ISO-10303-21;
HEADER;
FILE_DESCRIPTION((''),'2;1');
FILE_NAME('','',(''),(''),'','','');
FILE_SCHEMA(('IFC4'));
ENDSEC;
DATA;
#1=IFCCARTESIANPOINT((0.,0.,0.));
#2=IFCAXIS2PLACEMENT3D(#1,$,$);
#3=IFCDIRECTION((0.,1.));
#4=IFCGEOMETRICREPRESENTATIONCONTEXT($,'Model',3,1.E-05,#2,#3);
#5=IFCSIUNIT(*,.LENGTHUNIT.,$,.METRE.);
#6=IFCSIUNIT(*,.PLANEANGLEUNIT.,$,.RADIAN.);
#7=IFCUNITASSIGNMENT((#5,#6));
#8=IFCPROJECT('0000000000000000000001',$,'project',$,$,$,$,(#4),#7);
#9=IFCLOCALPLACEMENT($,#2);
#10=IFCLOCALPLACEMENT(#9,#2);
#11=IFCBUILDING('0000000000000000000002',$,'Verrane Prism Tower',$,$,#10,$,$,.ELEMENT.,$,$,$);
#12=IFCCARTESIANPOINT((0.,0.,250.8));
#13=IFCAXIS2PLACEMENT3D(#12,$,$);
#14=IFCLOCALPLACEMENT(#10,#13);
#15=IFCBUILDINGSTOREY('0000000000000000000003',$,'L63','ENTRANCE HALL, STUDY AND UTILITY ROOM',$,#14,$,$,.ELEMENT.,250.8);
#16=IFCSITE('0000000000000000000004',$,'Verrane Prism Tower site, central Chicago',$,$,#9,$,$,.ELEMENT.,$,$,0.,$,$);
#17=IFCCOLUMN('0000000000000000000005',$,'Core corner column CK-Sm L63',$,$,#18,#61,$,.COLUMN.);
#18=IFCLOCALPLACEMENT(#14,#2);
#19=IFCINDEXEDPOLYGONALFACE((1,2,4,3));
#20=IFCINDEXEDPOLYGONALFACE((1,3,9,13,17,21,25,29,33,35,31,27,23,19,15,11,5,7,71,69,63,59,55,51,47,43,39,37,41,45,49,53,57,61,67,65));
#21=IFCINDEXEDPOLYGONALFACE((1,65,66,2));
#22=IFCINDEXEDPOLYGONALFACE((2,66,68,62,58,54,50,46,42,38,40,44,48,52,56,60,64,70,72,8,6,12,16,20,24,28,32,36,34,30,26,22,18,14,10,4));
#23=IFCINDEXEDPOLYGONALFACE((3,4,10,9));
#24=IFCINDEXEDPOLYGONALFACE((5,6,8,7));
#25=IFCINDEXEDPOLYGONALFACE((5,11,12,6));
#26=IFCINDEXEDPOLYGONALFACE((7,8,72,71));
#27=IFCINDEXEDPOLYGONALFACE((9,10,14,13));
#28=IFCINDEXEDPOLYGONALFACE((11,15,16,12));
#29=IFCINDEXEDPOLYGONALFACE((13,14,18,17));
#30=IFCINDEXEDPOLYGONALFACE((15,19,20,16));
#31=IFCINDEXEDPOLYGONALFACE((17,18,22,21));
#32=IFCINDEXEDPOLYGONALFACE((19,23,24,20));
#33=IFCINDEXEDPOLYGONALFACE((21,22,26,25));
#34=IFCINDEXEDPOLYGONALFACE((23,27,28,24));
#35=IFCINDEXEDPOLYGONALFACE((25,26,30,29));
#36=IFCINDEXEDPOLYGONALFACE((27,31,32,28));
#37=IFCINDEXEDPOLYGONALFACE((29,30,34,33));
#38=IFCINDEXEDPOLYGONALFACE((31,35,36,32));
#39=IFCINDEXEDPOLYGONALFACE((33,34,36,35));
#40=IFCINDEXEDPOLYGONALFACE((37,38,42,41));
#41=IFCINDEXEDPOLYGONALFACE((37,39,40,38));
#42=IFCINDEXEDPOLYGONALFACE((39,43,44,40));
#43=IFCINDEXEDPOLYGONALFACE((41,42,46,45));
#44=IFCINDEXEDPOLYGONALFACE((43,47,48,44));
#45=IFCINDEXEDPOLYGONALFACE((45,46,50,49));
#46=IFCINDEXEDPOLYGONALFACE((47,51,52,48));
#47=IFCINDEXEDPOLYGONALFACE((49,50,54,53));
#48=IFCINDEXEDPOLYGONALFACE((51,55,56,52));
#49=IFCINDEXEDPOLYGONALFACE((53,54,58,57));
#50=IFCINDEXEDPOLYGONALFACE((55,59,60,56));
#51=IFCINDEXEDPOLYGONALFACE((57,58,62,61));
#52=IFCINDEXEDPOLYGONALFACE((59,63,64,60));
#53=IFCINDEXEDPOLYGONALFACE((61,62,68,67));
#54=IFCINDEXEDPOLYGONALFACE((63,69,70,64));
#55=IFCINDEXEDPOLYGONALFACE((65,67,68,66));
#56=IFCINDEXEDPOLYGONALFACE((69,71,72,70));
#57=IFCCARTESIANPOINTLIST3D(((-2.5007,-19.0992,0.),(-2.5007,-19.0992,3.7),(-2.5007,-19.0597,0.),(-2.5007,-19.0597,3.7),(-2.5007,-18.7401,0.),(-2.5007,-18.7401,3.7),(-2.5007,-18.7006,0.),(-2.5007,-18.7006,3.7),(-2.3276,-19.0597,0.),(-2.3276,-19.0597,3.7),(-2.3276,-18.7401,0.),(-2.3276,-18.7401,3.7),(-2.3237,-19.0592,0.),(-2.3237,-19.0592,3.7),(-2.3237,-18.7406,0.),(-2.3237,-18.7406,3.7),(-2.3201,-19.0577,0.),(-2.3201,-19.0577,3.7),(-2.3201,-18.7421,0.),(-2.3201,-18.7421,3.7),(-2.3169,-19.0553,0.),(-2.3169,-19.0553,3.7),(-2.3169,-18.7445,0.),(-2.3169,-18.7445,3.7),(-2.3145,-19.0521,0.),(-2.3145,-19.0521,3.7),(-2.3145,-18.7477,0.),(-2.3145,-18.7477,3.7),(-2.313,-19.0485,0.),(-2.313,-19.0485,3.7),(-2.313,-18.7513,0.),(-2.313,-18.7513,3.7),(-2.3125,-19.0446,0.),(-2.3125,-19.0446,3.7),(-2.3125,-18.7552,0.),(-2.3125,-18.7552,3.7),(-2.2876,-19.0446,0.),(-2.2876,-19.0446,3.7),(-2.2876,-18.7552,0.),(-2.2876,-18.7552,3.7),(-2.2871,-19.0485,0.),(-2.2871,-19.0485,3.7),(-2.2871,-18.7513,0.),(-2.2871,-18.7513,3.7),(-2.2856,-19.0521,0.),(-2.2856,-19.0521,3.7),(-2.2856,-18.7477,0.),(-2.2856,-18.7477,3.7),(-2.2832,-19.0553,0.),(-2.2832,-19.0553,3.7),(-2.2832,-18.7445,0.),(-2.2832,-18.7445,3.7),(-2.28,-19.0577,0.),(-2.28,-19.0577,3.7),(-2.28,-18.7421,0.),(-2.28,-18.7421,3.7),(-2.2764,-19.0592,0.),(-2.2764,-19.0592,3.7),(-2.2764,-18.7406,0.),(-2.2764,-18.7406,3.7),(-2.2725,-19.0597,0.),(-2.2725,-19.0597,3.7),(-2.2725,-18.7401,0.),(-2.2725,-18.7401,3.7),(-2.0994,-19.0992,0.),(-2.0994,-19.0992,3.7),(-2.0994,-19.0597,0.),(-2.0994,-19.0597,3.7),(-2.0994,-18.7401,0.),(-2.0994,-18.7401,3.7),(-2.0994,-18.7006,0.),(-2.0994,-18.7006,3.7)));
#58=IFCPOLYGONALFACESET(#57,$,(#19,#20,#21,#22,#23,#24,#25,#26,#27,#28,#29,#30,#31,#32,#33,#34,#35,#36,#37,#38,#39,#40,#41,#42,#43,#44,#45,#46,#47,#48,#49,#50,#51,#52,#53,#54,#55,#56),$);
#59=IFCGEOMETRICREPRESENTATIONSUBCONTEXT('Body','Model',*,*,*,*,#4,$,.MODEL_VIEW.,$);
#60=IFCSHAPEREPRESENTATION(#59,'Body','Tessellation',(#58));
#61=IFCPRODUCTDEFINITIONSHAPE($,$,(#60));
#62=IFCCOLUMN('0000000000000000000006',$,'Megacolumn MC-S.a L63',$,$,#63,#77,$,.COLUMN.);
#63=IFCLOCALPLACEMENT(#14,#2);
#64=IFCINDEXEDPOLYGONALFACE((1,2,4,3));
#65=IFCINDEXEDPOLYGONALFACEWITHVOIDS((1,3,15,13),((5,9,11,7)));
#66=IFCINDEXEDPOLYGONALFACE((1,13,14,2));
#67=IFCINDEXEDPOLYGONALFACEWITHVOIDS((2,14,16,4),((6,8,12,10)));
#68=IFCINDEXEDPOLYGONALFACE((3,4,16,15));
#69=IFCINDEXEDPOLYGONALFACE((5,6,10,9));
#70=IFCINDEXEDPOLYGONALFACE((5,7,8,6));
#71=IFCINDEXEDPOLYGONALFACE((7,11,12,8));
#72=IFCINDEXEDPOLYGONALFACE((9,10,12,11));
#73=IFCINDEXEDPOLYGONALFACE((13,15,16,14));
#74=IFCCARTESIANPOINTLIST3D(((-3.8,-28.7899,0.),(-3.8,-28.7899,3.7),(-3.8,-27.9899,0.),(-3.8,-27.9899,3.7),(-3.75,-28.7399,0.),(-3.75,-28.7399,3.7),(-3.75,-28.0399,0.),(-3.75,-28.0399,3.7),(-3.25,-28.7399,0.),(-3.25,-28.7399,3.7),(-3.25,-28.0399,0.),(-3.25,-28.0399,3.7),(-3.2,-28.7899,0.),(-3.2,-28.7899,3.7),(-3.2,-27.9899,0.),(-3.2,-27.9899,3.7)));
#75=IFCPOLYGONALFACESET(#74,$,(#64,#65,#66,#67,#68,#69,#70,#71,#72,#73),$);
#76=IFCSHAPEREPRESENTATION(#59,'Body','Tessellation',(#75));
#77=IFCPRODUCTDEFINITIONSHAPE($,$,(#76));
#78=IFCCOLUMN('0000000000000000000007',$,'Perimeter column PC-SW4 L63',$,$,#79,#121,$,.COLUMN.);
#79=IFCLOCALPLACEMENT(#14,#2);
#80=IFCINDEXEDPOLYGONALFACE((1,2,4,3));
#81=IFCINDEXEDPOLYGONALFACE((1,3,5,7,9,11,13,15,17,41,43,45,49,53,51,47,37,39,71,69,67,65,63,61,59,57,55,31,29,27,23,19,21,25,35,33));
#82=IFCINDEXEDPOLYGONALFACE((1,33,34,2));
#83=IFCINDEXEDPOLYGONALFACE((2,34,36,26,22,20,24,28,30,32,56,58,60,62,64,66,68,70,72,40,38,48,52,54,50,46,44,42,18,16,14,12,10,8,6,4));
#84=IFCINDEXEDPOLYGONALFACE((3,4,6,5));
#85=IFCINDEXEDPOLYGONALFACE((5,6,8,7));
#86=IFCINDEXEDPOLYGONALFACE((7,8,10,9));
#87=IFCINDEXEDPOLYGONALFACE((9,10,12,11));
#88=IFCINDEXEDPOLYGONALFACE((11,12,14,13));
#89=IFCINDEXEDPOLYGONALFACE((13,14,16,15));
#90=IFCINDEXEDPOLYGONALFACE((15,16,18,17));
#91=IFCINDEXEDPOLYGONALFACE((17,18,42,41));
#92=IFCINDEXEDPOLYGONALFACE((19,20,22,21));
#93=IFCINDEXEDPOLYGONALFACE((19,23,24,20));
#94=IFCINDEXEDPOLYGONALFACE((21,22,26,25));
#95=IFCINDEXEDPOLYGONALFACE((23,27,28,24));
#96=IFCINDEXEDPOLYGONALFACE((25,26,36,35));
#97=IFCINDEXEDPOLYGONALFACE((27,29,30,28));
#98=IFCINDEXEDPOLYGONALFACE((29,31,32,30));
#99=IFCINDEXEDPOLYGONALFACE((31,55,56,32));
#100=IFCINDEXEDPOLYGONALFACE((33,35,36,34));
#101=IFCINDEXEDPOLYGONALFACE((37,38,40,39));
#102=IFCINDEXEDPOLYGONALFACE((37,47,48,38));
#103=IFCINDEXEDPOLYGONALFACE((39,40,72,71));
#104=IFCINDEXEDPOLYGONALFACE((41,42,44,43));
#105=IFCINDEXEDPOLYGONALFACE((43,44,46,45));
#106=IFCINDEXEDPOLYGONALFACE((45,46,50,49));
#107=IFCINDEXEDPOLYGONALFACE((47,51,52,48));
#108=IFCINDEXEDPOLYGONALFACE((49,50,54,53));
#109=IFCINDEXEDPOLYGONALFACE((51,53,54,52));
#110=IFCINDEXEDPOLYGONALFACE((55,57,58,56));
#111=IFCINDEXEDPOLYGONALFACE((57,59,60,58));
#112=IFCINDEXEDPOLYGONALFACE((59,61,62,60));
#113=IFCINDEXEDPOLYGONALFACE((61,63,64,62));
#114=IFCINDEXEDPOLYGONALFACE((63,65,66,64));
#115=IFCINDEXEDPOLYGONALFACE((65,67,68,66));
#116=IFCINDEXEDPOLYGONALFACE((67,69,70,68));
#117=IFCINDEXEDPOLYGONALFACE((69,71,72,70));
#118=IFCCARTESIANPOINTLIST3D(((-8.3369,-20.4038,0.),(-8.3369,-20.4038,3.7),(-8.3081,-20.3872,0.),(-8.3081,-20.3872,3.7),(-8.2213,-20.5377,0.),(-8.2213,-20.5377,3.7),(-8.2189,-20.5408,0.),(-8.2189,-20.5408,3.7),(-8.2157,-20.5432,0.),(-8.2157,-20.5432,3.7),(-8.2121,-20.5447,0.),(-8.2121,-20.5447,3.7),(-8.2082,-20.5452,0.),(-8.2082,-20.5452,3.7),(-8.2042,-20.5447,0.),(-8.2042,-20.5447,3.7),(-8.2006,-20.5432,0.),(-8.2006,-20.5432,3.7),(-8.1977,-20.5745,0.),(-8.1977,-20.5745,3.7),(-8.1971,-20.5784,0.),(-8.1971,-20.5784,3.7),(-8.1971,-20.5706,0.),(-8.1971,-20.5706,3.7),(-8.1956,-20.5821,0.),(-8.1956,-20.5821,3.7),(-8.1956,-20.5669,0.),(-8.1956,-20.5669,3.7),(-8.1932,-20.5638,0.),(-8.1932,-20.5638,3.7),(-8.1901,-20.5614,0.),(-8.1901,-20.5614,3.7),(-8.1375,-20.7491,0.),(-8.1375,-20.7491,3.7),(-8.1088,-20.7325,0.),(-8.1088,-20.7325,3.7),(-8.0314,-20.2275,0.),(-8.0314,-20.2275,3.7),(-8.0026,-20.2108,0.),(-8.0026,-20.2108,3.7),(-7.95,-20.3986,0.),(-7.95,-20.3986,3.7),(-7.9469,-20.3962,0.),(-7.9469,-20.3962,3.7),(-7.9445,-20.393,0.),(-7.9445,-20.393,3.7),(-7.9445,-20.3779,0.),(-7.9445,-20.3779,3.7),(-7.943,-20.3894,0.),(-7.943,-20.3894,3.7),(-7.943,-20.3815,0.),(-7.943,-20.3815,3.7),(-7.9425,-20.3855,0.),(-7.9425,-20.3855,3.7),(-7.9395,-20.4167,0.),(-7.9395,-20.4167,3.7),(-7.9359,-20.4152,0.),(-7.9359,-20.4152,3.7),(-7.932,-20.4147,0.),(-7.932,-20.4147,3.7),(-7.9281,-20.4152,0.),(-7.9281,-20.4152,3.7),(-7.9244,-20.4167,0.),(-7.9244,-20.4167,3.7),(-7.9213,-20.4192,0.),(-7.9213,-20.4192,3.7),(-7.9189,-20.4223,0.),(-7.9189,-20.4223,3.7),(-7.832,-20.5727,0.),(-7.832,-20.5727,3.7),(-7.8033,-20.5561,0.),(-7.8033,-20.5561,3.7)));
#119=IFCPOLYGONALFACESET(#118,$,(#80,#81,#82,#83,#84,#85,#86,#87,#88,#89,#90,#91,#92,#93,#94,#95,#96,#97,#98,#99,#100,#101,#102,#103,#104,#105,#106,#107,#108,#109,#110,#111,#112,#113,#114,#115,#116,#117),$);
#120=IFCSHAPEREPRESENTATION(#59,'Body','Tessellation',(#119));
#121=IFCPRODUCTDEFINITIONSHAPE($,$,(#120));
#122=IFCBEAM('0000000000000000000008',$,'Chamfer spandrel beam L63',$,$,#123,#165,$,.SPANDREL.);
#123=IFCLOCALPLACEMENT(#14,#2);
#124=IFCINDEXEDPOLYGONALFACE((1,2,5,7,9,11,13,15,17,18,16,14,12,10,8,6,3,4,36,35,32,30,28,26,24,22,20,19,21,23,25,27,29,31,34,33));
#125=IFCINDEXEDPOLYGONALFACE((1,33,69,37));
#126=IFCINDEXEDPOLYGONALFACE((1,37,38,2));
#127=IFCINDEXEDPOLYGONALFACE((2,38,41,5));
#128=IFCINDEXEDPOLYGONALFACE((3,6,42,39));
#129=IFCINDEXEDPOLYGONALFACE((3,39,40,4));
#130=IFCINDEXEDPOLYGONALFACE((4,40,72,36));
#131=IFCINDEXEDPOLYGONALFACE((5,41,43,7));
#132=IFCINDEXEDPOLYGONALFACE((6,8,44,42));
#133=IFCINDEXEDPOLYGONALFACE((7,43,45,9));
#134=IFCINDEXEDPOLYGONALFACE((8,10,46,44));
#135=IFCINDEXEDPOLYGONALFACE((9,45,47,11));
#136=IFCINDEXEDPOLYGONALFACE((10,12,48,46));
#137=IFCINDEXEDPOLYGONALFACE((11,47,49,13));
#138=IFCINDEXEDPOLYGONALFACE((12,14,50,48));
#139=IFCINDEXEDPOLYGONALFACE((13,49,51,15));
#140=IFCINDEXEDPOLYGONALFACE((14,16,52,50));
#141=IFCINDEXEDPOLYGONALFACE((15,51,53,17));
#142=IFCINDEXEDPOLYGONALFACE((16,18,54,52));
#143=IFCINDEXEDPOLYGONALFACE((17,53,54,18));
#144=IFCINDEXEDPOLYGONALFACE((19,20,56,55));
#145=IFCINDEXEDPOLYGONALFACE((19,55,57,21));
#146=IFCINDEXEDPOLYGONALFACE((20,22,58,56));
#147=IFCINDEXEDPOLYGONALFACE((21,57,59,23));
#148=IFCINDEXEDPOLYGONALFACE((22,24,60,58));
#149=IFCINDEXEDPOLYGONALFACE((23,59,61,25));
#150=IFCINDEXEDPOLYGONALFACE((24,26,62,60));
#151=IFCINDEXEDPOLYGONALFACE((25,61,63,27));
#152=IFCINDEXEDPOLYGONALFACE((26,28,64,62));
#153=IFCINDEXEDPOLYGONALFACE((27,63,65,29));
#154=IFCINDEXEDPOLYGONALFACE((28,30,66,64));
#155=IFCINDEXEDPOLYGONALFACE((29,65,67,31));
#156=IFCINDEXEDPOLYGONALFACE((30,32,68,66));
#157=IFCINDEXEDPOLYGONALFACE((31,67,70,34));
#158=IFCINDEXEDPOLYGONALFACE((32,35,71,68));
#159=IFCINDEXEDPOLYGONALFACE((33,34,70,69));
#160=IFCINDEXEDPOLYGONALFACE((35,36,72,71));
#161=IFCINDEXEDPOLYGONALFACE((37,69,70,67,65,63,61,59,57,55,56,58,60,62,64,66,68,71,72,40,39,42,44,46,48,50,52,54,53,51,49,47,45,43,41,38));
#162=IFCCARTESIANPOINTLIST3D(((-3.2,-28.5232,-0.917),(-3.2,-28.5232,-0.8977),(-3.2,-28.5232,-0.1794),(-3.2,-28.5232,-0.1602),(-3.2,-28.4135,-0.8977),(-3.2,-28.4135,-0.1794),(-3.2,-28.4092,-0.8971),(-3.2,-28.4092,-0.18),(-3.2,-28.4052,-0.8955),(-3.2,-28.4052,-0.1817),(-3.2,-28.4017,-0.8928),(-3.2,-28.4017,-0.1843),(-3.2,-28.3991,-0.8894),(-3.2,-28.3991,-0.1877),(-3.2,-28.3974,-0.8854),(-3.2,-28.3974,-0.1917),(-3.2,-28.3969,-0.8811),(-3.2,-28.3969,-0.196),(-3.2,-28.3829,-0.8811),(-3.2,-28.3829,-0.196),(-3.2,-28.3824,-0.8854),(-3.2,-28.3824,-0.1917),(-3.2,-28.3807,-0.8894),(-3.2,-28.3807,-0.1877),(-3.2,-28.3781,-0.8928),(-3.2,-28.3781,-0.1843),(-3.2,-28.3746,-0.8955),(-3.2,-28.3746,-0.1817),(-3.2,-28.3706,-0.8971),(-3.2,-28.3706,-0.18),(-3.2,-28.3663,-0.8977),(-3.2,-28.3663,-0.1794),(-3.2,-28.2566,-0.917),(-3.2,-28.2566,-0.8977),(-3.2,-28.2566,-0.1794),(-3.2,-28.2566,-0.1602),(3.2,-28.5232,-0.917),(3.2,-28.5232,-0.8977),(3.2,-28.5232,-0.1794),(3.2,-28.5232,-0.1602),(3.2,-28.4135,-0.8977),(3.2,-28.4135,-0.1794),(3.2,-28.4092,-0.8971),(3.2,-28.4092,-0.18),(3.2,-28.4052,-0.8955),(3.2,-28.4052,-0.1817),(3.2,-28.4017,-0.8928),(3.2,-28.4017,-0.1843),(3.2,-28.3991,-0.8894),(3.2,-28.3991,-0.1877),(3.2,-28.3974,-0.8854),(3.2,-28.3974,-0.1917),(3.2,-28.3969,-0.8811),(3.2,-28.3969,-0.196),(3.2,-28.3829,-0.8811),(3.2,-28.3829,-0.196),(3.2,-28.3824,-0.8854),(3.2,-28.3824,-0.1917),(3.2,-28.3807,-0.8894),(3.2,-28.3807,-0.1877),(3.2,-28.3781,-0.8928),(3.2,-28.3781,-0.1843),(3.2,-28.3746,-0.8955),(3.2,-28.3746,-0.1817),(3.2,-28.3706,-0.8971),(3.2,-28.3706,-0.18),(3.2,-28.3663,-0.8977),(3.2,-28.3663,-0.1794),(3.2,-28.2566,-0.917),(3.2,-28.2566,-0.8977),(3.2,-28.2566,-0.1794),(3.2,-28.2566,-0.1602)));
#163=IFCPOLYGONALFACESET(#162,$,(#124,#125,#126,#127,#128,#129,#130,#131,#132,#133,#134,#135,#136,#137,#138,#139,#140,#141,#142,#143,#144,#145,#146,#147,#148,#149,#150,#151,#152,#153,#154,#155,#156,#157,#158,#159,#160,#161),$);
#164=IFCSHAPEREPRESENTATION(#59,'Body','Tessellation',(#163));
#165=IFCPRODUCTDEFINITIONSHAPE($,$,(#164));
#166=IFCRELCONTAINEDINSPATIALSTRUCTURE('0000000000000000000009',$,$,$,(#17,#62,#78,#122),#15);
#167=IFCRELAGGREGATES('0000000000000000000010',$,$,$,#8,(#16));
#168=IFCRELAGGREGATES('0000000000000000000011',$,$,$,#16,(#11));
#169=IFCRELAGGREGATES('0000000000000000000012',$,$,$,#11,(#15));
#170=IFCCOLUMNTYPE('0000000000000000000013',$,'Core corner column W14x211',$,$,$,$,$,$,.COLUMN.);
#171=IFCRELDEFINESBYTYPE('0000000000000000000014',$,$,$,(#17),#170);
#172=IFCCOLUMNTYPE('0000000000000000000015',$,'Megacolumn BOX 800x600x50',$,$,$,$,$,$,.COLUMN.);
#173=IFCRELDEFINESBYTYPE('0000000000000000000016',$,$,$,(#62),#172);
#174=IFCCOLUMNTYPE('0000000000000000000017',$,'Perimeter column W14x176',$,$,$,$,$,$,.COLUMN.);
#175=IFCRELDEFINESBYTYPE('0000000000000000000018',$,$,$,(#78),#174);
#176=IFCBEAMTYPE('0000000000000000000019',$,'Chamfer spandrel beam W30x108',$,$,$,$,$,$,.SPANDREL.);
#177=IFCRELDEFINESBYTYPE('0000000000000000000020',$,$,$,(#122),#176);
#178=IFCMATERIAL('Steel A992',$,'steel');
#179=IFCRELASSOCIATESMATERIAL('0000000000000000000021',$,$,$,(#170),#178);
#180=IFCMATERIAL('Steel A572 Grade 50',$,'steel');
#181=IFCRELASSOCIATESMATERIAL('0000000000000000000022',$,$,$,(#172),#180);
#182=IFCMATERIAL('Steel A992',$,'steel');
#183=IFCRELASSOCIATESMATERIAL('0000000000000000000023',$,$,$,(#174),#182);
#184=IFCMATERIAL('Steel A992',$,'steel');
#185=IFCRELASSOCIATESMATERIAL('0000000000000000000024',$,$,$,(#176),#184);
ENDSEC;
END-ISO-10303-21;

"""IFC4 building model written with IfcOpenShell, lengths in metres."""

from ifc_helpers import new_model, si_unit, direction, frame, origin, origin_2d, place, context, subcontext, project, spatial, hollow_rectangle, i_section, extrude, material, material_profile, profile_set, type_object, element, save


model = new_model("IFC4")

# Units and contexts
model_context = context("Model", 3, precision=1e-05, world=origin(), true_north=direction((0.0, 1.0)))
body_context = subcontext(model_context, "Body", "Model", "MODEL_VIEW")
ifc_project = project(units=[si_unit("LENGTHUNIT", "METRE"), si_unit("PLANEANGLEUNIT", "RADIAN")], contexts=[model_context])

# Site, building, storey
site_placement = place(None, origin())
site = spatial("IfcSite", under=ifc_project, at=site_placement, Name="Verrane Prism Tower site, central Chicago", CompositionType="ELEMENT", RefElevation=0.0)
building_placement = place(site_placement, origin())
building = spatial("IfcBuilding", under=site, at=building_placement, Name="Verrane Prism Tower", CompositionType="ELEMENT")
storey_placement = place(building_placement, frame((0.0, 0.0, 250.8)))
storey = spatial("IfcBuildingStorey", under=building, at=storey_placement, Name="L63", Description="ENTRANCE HALL, STUDY AND UTILITY ROOM", CompositionType="ELEMENT", Elevation=250.8)

# Columns
ifc_material_1 = material(Name="Steel A992", Category="steel")
ifc_material_profile_1 = material_profile(ifc_material_1, i_section(OverallWidth=0.4014, OverallDepth=0.3987, WebThickness=0.0249, FlangeThickness=0.0396, FilletRadius=0.0151, at=origin_2d()), Name="W14x211")
ifc_profile_set_1 = profile_set([ifc_material_profile_1], Name="Steel A992")
column_type_1 = type_object("IfcColumnType", Name="Core corner column W14x211", PredefinedType="COLUMN", material=ifc_profile_set_1)
column_1_placement = place(storey_placement, frame((-2.3, -18.8999, 0.0), z_axis=(0.0, 0.0, 1.0), x_axis=(-1.0, 0.0, 0.0)))
element("IfcColumn", 1, at=column_1_placement, inside=storey, type_object=column_type_1, Name="Core corner column CK-Sm L63", PredefinedType="COLUMN", context=body_context, shape_type="SweptSolid", body=[
    extrude(i_section(OverallWidth=0.4014, OverallDepth=0.3987, WebThickness=0.0249, FlangeThickness=0.0396, FilletRadius=0.0151, at=origin_2d()), origin(), (0.0, 0.0, 1.0), 3.7),
])
ifc_material_2 = material(Name="Steel A572 Grade 50", Category="steel")
ifc_material_profile_2 = material_profile(ifc_material_2, hollow_rectangle(XDim=0.6001, YDim=0.8, WallThickness=0.05, at=origin_2d()), Name="BOX 800x600x50")
ifc_profile_set_2 = profile_set([ifc_material_profile_2], Name="Steel A572 Grade 50")
column_type_2 = type_object("IfcColumnType", Name="Megacolumn BOX 800x600x50", PredefinedType="COLUMN", material=ifc_profile_set_2)
column_2_placement = place(storey_placement, frame((-3.5, -28.3899, 0.0), z_axis=(0.0, 0.0, 1.0), x_axis=(-1.0, 0.0, 0.0)))
element("IfcColumn", 2, at=column_2_placement, inside=storey, type_object=column_type_2, Name="Megacolumn MC-S.a L63", PredefinedType="COLUMN", context=body_context, shape_type="SweptSolid", body=[
    extrude(hollow_rectangle(XDim=0.6001, YDim=0.8, WallThickness=0.05, at=origin_2d()), origin(), (0.0, 0.0, 1.0), 3.7),
])
ifc_material_3 = material(Name="Steel A992", Category="steel")
ifc_material_profile_3 = material_profile(ifc_material_3, i_section(OverallWidth=0.3987, OverallDepth=0.386, WebThickness=0.021, FlangeThickness=0.0332, FilletRadius=0.0151, at=origin_2d()), Name="W14x176")
ifc_profile_set_3 = profile_set([ifc_material_profile_3], Name="Steel A992")
column_type_3 = type_object("IfcColumnType", Name="Perimeter column W14x176", PredefinedType="COLUMN", material=ifc_profile_set_3)
column_3_placement = place(storey_placement, frame((-8.0701, -20.48, 0.0), z_axis=(0.0, 0.0, 1.0), x_axis=(-0.5, 0.866025, 0.0)))
element("IfcColumn", 3, at=column_3_placement, inside=storey, type_object=column_type_3, Name="Perimeter column PC-SW4 L63", PredefinedType="COLUMN", context=body_context, shape_type="SweptSolid", body=[
    extrude(i_section(OverallWidth=0.3987, OverallDepth=0.386, WebThickness=0.021, FlangeThickness=0.0332, FilletRadius=0.0151, at=origin_2d()), origin(), (0.0, 0.0, 1.0), 3.7),
])

# Beam
ifc_material_4 = material(Name="Steel A992", Category="steel")
ifc_material_profile_4 = material_profile(ifc_material_4, i_section(OverallWidth=0.2666, OverallDepth=0.7568, WebThickness=0.0139, FlangeThickness=0.0193, FilletRadius=0.0166, at=origin_2d()), Name="W30x108")
ifc_profile_set_4 = profile_set([ifc_material_profile_4], Name="Steel A992")
beam_type_1 = type_object("IfcBeamType", Name="Chamfer spandrel beam W30x108", PredefinedType="SPANDREL", material=ifc_profile_set_4)
beam_1_placement = place(storey_placement, frame((-3.2, -28.3899, -0.5386), z_axis=(1.0, 0.0, 0.0), x_axis=(0.0, 1.0, 0.0)))
element("IfcBeam", 4, at=beam_1_placement, inside=storey, type_object=beam_type_1, Name="Chamfer spandrel beam L63", PredefinedType="SPANDREL", context=body_context, shape_type="SweptSolid", body=[
    extrude(i_section(OverallWidth=0.2666, OverallDepth=0.7568, WebThickness=0.0139, FlangeThickness=0.0193, FilletRadius=0.0166, at=origin_2d()), origin(), (0.0, 0.0, 1.0), 6.3999),
])

save(model, "model.ifc")
